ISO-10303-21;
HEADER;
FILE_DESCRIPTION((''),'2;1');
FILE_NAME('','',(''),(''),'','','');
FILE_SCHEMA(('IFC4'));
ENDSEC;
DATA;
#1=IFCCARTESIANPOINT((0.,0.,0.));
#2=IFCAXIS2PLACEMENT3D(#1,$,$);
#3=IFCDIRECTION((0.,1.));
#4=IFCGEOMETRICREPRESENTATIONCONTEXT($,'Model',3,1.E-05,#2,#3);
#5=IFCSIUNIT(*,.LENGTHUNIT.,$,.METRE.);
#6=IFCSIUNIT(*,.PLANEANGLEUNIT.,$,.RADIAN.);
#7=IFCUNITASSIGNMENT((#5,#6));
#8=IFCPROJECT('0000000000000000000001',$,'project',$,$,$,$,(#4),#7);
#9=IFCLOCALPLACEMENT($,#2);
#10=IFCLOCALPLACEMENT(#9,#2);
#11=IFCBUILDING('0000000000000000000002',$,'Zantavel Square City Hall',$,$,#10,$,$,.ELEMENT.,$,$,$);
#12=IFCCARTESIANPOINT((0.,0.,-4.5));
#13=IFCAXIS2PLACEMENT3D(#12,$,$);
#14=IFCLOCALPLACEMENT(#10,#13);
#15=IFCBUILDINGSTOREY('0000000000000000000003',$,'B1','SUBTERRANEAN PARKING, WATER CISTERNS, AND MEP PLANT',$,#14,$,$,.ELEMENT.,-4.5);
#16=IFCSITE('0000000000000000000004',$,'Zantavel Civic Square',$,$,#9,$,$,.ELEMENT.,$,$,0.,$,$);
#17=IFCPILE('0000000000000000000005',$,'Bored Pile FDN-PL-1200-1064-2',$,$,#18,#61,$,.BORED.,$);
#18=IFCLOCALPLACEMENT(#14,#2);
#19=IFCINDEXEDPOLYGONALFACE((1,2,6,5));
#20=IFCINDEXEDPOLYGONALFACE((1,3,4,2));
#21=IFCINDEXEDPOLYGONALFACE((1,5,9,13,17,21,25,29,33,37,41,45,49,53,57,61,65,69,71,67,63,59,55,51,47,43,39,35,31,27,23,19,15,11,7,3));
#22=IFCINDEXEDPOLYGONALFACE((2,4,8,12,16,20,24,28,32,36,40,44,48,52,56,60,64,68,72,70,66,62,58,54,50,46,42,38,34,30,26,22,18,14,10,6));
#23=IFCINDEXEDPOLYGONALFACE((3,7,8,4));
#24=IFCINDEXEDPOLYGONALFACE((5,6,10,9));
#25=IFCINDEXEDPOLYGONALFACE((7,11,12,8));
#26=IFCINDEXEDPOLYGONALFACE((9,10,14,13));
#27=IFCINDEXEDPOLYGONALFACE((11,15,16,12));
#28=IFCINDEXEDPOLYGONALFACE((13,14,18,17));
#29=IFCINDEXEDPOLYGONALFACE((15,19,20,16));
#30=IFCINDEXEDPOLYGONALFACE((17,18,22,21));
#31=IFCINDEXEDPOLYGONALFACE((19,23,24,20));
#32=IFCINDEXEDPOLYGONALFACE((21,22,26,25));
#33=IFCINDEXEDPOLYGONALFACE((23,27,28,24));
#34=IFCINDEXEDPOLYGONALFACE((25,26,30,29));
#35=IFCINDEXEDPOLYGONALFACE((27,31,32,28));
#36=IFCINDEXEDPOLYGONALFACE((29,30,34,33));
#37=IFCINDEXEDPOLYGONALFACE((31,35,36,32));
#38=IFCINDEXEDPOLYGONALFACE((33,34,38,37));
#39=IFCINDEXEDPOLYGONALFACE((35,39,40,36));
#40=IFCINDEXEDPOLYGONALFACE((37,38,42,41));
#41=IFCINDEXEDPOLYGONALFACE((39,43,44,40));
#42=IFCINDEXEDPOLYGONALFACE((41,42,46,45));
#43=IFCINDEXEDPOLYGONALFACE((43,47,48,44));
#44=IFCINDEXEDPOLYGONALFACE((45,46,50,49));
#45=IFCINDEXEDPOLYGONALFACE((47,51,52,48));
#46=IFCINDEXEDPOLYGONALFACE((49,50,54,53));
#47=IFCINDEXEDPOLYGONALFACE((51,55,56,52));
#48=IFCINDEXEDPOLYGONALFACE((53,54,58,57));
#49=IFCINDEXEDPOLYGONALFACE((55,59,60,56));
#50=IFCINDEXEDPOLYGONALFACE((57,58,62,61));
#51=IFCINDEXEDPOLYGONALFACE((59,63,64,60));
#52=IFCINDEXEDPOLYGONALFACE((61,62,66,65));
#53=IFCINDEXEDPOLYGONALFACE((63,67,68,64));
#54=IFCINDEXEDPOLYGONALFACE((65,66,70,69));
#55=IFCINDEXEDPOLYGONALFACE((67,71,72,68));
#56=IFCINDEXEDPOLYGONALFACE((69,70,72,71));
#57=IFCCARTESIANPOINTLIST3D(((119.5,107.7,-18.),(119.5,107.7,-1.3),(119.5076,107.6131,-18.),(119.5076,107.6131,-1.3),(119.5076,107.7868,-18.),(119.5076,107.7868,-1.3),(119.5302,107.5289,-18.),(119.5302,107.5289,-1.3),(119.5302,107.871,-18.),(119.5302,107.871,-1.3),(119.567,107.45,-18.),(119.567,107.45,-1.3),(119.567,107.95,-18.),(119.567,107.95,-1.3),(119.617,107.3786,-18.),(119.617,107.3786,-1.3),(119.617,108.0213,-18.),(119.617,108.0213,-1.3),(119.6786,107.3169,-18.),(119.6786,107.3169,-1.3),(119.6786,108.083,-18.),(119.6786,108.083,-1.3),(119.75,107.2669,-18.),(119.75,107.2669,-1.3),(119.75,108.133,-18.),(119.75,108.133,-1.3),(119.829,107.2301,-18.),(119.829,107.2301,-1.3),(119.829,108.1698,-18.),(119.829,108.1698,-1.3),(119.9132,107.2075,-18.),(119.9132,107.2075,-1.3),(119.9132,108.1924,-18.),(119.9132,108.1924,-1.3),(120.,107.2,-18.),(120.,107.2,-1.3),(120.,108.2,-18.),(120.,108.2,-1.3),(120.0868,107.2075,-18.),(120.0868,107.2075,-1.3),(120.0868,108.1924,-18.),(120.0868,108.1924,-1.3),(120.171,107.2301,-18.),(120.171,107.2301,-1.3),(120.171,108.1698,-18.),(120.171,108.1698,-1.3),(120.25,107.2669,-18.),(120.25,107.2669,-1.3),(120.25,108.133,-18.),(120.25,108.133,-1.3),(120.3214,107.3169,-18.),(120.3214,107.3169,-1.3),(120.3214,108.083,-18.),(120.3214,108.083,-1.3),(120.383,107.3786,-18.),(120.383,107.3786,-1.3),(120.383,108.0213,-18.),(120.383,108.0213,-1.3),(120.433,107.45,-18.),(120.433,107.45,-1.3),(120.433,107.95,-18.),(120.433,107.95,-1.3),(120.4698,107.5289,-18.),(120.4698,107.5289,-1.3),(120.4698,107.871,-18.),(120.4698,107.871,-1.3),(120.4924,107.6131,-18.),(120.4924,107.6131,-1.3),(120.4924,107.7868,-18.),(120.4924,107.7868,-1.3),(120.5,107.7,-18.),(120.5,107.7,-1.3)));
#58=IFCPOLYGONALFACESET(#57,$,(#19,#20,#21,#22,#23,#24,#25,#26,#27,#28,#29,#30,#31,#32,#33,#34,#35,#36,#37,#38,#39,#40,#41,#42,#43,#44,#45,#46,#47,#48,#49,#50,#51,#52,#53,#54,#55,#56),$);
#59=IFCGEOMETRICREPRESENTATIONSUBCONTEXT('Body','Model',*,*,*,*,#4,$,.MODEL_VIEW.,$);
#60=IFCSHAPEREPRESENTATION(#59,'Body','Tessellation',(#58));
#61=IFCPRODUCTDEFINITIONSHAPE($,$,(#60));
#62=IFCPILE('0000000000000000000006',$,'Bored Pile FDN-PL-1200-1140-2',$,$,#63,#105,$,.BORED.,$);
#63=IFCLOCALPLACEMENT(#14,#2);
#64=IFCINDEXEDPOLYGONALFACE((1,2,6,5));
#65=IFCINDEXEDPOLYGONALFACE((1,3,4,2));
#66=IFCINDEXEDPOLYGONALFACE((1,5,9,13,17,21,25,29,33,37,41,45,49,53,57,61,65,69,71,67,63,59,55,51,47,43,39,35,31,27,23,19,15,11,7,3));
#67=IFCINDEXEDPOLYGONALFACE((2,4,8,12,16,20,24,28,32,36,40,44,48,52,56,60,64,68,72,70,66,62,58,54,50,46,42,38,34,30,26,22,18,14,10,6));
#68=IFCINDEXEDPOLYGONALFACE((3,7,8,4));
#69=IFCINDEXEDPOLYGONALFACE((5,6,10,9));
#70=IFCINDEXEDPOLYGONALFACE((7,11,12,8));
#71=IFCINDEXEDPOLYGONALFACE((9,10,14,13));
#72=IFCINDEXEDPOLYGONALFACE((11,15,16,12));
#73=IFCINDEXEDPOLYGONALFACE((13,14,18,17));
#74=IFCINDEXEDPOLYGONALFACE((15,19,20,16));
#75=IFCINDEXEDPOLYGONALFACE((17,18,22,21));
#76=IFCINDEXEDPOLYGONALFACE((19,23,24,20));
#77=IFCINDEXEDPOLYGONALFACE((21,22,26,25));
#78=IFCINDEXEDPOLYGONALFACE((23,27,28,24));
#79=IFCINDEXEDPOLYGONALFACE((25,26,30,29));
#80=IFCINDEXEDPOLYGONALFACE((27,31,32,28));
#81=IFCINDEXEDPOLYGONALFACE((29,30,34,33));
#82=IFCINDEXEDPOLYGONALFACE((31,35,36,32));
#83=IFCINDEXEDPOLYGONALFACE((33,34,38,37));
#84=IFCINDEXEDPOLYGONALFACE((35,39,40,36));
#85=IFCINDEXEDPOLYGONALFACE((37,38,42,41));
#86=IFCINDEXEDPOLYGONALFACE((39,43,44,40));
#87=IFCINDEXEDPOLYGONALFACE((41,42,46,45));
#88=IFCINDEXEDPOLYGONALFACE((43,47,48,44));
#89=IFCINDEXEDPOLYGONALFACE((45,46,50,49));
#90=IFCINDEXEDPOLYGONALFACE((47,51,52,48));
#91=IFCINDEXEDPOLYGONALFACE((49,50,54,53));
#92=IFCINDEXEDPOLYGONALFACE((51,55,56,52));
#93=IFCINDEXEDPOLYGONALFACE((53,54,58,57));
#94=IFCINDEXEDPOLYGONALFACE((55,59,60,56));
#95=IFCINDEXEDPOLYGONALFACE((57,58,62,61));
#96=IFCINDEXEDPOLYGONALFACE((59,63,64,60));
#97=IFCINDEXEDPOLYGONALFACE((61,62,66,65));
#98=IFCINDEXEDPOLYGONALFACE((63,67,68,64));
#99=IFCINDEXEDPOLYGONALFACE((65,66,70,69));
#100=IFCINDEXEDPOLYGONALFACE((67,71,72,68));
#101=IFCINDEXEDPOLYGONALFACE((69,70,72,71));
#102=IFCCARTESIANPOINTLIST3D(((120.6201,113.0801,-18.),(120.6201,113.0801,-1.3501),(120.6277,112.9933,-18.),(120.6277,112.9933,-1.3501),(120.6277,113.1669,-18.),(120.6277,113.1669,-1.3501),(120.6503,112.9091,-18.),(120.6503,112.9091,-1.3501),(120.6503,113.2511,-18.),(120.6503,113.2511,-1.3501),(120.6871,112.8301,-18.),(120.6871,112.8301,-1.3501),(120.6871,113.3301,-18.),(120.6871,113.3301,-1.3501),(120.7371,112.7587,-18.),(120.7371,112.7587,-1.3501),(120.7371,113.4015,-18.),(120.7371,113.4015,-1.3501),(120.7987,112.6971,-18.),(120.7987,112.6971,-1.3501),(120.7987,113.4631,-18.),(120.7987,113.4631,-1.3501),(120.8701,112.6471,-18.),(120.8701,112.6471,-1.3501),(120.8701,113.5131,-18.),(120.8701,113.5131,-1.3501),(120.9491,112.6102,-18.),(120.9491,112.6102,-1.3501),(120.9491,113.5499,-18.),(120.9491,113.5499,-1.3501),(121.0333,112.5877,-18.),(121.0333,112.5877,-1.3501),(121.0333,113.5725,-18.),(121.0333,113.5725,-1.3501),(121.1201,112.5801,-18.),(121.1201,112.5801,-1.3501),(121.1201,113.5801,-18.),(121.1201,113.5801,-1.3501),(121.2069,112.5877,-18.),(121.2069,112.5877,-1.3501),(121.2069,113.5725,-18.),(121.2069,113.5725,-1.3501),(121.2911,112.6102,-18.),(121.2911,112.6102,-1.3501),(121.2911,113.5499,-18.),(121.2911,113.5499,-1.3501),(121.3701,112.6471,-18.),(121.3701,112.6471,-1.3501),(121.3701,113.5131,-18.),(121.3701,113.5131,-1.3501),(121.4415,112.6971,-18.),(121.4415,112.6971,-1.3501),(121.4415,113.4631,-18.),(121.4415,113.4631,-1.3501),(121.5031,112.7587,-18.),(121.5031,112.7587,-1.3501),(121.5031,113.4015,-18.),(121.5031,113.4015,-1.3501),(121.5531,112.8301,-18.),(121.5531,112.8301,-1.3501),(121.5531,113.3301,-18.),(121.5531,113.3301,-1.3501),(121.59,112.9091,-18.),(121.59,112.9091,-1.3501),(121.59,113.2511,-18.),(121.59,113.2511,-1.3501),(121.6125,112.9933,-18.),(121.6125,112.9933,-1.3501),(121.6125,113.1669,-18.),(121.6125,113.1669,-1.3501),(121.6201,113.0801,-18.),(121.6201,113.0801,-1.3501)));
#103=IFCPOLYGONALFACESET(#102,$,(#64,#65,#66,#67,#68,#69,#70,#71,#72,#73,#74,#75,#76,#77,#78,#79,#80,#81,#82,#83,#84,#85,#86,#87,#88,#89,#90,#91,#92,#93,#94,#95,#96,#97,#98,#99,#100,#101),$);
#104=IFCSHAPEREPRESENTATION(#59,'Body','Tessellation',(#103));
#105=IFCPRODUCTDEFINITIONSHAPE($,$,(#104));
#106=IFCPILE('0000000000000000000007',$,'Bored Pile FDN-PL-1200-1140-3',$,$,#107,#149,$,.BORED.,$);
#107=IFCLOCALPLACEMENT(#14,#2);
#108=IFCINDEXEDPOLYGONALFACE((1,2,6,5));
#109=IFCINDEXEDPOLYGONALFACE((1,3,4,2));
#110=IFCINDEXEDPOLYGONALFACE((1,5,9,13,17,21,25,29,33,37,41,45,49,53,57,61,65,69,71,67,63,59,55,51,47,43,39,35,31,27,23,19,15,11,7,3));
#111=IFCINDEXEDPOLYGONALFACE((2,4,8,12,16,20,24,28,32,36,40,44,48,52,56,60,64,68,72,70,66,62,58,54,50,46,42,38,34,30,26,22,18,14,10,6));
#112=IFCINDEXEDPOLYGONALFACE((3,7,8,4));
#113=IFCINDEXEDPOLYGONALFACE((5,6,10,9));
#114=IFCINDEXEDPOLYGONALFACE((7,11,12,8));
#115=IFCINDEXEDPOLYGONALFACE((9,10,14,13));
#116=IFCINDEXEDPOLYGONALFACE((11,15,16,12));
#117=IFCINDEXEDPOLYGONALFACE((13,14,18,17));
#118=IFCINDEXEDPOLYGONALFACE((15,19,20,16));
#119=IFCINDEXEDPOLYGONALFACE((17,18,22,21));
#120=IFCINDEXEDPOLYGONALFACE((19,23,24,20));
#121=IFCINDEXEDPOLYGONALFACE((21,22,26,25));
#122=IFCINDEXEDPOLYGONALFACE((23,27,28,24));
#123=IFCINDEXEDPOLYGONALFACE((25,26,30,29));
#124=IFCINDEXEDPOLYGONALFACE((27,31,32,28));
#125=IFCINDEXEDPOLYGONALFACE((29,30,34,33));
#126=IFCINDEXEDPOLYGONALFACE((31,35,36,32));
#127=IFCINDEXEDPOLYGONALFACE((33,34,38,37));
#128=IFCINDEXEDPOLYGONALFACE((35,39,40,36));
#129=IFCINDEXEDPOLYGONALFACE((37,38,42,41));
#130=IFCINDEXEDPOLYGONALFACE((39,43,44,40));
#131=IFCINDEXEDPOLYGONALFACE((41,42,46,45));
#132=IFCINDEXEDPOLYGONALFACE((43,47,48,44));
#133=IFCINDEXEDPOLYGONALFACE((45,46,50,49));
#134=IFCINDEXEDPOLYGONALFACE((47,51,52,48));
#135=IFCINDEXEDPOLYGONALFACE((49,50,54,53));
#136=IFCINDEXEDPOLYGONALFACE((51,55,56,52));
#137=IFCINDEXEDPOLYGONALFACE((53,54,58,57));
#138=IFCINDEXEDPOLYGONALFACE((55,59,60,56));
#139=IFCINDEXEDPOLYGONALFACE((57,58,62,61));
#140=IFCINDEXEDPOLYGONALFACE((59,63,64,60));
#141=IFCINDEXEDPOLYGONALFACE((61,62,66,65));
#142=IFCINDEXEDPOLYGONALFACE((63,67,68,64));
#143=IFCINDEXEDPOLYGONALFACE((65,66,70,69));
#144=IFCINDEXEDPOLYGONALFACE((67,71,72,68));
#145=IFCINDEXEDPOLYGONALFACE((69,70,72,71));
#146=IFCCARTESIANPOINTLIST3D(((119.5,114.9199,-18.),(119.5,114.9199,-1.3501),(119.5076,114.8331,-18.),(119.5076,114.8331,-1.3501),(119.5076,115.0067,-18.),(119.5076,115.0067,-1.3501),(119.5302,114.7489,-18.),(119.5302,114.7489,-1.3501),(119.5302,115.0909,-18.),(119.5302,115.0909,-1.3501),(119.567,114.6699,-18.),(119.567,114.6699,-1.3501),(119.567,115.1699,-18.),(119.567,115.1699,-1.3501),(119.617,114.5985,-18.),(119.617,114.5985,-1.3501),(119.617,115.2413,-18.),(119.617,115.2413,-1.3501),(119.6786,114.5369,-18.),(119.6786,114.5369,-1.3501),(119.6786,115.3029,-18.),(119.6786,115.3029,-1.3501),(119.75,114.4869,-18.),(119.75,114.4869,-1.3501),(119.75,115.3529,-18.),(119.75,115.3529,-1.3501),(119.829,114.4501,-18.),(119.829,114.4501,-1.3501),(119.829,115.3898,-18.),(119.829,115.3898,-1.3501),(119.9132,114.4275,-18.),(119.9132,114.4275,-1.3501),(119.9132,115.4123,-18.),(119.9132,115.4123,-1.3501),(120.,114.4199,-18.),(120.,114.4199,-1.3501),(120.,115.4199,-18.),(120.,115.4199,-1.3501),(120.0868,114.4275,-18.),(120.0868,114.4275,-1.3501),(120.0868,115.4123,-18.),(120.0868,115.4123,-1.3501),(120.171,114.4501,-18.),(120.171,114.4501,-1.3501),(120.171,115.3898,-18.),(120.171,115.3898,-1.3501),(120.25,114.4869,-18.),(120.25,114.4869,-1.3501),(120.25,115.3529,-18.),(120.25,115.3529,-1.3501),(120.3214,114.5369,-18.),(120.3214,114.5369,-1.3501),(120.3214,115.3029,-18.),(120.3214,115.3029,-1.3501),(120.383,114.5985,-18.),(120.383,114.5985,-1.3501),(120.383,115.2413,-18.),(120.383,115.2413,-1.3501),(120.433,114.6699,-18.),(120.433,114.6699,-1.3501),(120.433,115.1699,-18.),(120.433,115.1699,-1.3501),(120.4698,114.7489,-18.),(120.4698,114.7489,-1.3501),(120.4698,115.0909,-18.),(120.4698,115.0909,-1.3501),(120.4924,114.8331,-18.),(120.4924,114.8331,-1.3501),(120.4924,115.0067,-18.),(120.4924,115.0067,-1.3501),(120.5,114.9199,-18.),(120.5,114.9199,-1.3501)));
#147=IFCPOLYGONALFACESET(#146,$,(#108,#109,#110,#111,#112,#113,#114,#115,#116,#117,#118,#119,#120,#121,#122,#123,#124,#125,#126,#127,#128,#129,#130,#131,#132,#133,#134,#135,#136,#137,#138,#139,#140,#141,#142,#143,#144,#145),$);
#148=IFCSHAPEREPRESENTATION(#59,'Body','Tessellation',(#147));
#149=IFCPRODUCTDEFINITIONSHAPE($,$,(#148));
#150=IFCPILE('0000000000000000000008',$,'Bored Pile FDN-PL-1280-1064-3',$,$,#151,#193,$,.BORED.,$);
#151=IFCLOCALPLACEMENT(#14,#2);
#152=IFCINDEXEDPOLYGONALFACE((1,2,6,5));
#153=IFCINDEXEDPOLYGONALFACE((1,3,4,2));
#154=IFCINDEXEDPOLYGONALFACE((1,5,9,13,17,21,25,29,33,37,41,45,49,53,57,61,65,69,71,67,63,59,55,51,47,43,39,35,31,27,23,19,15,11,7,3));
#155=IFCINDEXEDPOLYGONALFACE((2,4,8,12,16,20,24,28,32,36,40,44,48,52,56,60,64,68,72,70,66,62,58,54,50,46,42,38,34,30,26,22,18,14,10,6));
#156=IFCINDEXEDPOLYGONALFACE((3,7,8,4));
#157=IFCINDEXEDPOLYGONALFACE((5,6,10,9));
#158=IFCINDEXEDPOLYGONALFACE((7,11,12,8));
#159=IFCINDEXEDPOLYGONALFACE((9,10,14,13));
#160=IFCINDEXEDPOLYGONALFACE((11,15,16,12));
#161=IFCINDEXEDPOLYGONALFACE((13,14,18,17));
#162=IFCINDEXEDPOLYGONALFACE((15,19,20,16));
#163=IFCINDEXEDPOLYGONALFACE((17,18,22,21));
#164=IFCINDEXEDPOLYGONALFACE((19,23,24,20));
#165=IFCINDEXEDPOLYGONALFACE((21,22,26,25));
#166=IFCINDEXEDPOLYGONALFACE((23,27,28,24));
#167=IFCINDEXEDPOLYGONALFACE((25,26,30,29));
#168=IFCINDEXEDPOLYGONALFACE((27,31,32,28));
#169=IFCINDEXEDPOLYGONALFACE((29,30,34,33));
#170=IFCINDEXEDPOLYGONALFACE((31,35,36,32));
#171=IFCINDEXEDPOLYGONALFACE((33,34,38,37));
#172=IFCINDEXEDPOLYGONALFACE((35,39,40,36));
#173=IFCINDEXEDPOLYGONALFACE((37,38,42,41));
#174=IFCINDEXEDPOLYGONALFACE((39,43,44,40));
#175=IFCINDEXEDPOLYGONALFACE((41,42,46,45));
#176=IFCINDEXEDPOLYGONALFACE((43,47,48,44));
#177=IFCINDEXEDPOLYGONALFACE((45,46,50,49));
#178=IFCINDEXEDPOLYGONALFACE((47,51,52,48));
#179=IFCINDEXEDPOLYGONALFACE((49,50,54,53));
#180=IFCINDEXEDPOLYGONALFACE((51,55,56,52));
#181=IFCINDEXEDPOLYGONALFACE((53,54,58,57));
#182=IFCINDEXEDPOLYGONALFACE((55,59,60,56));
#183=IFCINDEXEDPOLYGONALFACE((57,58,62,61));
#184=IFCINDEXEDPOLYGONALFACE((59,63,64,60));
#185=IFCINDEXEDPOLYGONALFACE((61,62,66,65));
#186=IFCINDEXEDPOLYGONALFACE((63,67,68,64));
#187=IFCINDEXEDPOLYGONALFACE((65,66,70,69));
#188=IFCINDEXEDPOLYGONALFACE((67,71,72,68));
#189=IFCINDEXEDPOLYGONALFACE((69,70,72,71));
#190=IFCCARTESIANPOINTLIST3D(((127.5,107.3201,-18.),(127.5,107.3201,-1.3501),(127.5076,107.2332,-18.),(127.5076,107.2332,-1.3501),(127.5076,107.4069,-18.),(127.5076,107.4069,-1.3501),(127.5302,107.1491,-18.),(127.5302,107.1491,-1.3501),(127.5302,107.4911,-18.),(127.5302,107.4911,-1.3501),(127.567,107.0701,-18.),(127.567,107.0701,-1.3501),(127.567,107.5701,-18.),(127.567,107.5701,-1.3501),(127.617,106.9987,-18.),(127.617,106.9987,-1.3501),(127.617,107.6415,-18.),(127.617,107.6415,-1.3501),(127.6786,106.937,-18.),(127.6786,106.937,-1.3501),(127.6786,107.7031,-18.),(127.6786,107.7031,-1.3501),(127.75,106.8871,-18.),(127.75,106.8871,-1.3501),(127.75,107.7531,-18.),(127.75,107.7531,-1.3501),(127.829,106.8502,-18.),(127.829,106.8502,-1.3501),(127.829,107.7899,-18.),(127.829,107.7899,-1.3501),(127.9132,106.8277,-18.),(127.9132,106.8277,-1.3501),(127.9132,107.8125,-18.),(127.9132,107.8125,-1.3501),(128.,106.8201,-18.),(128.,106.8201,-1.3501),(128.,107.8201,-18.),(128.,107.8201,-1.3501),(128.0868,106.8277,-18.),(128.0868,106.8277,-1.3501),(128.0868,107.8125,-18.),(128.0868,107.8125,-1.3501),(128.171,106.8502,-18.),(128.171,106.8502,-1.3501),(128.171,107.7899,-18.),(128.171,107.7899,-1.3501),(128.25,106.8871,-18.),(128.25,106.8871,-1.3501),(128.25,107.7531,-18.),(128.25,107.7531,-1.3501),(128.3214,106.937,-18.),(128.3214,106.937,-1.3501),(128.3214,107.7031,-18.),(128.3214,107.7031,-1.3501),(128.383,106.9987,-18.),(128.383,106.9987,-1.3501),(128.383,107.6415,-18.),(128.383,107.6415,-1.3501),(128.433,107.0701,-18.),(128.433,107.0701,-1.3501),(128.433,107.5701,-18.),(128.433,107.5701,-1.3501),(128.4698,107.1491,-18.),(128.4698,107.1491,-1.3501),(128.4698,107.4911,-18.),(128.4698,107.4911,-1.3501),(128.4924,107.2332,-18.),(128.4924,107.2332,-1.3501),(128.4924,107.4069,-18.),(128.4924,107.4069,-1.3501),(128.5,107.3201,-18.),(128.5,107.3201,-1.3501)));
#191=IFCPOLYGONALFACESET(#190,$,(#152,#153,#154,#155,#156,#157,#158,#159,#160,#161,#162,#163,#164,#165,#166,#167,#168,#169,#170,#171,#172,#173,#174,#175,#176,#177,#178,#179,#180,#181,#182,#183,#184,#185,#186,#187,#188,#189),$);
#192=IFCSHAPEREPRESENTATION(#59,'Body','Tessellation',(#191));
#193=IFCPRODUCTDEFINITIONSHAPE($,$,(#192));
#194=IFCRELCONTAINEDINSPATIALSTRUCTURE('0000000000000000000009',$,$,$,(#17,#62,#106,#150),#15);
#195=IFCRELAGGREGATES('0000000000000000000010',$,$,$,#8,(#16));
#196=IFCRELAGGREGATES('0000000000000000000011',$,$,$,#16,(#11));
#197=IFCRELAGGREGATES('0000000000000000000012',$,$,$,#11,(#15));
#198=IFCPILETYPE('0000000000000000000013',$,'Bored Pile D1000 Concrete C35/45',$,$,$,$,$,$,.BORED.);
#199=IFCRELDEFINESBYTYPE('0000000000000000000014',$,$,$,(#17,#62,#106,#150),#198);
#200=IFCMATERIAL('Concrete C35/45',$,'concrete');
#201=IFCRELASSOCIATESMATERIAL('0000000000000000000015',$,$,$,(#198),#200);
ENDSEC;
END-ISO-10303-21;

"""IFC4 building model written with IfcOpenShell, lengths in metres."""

from ifc_helpers import new_model, si_unit, direction, frame, origin, origin_2d, place, context, subcontext, project, spatial, circle, extrude, material, material_profile, profile_set, type_object, element, save


model = new_model("IFC4")

# Units and contexts
model_context = context("Model", 3, precision=1e-05, world=origin(), true_north=direction((0.0, 1.0)))
body_context = subcontext(model_context, "Body", "Model", "MODEL_VIEW")
ifc_project = project(units=[si_unit("LENGTHUNIT", "METRE"), si_unit("PLANEANGLEUNIT", "RADIAN")], contexts=[model_context])

# Site, building, storey
site_placement = place(None, origin())
site = spatial("IfcSite", under=ifc_project, at=site_placement, Name="Zantavel Civic Square", CompositionType="ELEMENT", RefElevation=0.0)
building_placement = place(site_placement, origin())
building = spatial("IfcBuilding", under=site, at=building_placement, Name="Zantavel Square City Hall", CompositionType="ELEMENT")
storey_placement = place(building_placement, frame((0.0, 0.0, -4.5)))
storey = spatial("IfcBuildingStorey", under=building, at=storey_placement, Name="B1", Description="SUBTERRANEAN PARKING, WATER CISTERNS, AND MEP PLANT", CompositionType="ELEMENT", Elevation=-4.5)

# Piles
ifc_material_1 = material(Name="Concrete C35/45", Category="concrete")
ifc_material_profile_1 = material_profile(ifc_material_1, circle(Radius=0.5, at=origin_2d()), Name="PILE D1000")
ifc_profile_set_1 = profile_set([ifc_material_profile_1], Name="Concrete C35/45")
pile_type_1 = type_object("IfcPileType", Name="Bored Pile D1000 Concrete C35/45", PredefinedType="BORED", material=ifc_profile_set_1)
pile_1_placement = place(storey_placement, frame((120.0, 107.7, -1.3), z_axis=(0.0, 0.0, -1.0), x_axis=(1.0, 0.0, 0.0)))
element("IfcPile", 1, at=pile_1_placement, inside=storey, type_object=pile_type_1, Name="Bored Pile FDN-PL-1200-1064-2", PredefinedType="BORED", context=body_context, shape_type="SweptSolid", body=[
    extrude(circle(Radius=0.5, at=origin_2d()), origin(), (0.0, 0.0, 1.0), 16.7),
])
for number, where, z_axis, x_axis, name in (
    (2, (121.1201, 113.0801, -1.3501), (0.0, 0.0, -1.0), (1.0, 0.0, 0.0), "Bored Pile FDN-PL-1200-1140-2"),
    (3, (120.0, 114.9199, -1.3501), (0.0, 0.0, -1.0), (1.0, 0.0, 0.0), "Bored Pile FDN-PL-1200-1140-3"),
    (4, (128.0, 107.3201, -1.3501), (0.0, 0.0, -1.0), (1.0, 0.0, 0.0), "Bored Pile FDN-PL-1280-1064-3"),
):
    element("IfcPile", number, at=place(storey_placement, frame(where, z_axis=z_axis, x_axis=x_axis)), inside=storey, type_object=pile_type_1, Name=name, PredefinedType="BORED", context=body_context, shape_type="SweptSolid", body=[
        extrude(circle(Radius=0.5, at=origin_2d()), origin(), (0.0, 0.0, 1.0), 16.6499),
    ])

save(model, "model.ifc")
